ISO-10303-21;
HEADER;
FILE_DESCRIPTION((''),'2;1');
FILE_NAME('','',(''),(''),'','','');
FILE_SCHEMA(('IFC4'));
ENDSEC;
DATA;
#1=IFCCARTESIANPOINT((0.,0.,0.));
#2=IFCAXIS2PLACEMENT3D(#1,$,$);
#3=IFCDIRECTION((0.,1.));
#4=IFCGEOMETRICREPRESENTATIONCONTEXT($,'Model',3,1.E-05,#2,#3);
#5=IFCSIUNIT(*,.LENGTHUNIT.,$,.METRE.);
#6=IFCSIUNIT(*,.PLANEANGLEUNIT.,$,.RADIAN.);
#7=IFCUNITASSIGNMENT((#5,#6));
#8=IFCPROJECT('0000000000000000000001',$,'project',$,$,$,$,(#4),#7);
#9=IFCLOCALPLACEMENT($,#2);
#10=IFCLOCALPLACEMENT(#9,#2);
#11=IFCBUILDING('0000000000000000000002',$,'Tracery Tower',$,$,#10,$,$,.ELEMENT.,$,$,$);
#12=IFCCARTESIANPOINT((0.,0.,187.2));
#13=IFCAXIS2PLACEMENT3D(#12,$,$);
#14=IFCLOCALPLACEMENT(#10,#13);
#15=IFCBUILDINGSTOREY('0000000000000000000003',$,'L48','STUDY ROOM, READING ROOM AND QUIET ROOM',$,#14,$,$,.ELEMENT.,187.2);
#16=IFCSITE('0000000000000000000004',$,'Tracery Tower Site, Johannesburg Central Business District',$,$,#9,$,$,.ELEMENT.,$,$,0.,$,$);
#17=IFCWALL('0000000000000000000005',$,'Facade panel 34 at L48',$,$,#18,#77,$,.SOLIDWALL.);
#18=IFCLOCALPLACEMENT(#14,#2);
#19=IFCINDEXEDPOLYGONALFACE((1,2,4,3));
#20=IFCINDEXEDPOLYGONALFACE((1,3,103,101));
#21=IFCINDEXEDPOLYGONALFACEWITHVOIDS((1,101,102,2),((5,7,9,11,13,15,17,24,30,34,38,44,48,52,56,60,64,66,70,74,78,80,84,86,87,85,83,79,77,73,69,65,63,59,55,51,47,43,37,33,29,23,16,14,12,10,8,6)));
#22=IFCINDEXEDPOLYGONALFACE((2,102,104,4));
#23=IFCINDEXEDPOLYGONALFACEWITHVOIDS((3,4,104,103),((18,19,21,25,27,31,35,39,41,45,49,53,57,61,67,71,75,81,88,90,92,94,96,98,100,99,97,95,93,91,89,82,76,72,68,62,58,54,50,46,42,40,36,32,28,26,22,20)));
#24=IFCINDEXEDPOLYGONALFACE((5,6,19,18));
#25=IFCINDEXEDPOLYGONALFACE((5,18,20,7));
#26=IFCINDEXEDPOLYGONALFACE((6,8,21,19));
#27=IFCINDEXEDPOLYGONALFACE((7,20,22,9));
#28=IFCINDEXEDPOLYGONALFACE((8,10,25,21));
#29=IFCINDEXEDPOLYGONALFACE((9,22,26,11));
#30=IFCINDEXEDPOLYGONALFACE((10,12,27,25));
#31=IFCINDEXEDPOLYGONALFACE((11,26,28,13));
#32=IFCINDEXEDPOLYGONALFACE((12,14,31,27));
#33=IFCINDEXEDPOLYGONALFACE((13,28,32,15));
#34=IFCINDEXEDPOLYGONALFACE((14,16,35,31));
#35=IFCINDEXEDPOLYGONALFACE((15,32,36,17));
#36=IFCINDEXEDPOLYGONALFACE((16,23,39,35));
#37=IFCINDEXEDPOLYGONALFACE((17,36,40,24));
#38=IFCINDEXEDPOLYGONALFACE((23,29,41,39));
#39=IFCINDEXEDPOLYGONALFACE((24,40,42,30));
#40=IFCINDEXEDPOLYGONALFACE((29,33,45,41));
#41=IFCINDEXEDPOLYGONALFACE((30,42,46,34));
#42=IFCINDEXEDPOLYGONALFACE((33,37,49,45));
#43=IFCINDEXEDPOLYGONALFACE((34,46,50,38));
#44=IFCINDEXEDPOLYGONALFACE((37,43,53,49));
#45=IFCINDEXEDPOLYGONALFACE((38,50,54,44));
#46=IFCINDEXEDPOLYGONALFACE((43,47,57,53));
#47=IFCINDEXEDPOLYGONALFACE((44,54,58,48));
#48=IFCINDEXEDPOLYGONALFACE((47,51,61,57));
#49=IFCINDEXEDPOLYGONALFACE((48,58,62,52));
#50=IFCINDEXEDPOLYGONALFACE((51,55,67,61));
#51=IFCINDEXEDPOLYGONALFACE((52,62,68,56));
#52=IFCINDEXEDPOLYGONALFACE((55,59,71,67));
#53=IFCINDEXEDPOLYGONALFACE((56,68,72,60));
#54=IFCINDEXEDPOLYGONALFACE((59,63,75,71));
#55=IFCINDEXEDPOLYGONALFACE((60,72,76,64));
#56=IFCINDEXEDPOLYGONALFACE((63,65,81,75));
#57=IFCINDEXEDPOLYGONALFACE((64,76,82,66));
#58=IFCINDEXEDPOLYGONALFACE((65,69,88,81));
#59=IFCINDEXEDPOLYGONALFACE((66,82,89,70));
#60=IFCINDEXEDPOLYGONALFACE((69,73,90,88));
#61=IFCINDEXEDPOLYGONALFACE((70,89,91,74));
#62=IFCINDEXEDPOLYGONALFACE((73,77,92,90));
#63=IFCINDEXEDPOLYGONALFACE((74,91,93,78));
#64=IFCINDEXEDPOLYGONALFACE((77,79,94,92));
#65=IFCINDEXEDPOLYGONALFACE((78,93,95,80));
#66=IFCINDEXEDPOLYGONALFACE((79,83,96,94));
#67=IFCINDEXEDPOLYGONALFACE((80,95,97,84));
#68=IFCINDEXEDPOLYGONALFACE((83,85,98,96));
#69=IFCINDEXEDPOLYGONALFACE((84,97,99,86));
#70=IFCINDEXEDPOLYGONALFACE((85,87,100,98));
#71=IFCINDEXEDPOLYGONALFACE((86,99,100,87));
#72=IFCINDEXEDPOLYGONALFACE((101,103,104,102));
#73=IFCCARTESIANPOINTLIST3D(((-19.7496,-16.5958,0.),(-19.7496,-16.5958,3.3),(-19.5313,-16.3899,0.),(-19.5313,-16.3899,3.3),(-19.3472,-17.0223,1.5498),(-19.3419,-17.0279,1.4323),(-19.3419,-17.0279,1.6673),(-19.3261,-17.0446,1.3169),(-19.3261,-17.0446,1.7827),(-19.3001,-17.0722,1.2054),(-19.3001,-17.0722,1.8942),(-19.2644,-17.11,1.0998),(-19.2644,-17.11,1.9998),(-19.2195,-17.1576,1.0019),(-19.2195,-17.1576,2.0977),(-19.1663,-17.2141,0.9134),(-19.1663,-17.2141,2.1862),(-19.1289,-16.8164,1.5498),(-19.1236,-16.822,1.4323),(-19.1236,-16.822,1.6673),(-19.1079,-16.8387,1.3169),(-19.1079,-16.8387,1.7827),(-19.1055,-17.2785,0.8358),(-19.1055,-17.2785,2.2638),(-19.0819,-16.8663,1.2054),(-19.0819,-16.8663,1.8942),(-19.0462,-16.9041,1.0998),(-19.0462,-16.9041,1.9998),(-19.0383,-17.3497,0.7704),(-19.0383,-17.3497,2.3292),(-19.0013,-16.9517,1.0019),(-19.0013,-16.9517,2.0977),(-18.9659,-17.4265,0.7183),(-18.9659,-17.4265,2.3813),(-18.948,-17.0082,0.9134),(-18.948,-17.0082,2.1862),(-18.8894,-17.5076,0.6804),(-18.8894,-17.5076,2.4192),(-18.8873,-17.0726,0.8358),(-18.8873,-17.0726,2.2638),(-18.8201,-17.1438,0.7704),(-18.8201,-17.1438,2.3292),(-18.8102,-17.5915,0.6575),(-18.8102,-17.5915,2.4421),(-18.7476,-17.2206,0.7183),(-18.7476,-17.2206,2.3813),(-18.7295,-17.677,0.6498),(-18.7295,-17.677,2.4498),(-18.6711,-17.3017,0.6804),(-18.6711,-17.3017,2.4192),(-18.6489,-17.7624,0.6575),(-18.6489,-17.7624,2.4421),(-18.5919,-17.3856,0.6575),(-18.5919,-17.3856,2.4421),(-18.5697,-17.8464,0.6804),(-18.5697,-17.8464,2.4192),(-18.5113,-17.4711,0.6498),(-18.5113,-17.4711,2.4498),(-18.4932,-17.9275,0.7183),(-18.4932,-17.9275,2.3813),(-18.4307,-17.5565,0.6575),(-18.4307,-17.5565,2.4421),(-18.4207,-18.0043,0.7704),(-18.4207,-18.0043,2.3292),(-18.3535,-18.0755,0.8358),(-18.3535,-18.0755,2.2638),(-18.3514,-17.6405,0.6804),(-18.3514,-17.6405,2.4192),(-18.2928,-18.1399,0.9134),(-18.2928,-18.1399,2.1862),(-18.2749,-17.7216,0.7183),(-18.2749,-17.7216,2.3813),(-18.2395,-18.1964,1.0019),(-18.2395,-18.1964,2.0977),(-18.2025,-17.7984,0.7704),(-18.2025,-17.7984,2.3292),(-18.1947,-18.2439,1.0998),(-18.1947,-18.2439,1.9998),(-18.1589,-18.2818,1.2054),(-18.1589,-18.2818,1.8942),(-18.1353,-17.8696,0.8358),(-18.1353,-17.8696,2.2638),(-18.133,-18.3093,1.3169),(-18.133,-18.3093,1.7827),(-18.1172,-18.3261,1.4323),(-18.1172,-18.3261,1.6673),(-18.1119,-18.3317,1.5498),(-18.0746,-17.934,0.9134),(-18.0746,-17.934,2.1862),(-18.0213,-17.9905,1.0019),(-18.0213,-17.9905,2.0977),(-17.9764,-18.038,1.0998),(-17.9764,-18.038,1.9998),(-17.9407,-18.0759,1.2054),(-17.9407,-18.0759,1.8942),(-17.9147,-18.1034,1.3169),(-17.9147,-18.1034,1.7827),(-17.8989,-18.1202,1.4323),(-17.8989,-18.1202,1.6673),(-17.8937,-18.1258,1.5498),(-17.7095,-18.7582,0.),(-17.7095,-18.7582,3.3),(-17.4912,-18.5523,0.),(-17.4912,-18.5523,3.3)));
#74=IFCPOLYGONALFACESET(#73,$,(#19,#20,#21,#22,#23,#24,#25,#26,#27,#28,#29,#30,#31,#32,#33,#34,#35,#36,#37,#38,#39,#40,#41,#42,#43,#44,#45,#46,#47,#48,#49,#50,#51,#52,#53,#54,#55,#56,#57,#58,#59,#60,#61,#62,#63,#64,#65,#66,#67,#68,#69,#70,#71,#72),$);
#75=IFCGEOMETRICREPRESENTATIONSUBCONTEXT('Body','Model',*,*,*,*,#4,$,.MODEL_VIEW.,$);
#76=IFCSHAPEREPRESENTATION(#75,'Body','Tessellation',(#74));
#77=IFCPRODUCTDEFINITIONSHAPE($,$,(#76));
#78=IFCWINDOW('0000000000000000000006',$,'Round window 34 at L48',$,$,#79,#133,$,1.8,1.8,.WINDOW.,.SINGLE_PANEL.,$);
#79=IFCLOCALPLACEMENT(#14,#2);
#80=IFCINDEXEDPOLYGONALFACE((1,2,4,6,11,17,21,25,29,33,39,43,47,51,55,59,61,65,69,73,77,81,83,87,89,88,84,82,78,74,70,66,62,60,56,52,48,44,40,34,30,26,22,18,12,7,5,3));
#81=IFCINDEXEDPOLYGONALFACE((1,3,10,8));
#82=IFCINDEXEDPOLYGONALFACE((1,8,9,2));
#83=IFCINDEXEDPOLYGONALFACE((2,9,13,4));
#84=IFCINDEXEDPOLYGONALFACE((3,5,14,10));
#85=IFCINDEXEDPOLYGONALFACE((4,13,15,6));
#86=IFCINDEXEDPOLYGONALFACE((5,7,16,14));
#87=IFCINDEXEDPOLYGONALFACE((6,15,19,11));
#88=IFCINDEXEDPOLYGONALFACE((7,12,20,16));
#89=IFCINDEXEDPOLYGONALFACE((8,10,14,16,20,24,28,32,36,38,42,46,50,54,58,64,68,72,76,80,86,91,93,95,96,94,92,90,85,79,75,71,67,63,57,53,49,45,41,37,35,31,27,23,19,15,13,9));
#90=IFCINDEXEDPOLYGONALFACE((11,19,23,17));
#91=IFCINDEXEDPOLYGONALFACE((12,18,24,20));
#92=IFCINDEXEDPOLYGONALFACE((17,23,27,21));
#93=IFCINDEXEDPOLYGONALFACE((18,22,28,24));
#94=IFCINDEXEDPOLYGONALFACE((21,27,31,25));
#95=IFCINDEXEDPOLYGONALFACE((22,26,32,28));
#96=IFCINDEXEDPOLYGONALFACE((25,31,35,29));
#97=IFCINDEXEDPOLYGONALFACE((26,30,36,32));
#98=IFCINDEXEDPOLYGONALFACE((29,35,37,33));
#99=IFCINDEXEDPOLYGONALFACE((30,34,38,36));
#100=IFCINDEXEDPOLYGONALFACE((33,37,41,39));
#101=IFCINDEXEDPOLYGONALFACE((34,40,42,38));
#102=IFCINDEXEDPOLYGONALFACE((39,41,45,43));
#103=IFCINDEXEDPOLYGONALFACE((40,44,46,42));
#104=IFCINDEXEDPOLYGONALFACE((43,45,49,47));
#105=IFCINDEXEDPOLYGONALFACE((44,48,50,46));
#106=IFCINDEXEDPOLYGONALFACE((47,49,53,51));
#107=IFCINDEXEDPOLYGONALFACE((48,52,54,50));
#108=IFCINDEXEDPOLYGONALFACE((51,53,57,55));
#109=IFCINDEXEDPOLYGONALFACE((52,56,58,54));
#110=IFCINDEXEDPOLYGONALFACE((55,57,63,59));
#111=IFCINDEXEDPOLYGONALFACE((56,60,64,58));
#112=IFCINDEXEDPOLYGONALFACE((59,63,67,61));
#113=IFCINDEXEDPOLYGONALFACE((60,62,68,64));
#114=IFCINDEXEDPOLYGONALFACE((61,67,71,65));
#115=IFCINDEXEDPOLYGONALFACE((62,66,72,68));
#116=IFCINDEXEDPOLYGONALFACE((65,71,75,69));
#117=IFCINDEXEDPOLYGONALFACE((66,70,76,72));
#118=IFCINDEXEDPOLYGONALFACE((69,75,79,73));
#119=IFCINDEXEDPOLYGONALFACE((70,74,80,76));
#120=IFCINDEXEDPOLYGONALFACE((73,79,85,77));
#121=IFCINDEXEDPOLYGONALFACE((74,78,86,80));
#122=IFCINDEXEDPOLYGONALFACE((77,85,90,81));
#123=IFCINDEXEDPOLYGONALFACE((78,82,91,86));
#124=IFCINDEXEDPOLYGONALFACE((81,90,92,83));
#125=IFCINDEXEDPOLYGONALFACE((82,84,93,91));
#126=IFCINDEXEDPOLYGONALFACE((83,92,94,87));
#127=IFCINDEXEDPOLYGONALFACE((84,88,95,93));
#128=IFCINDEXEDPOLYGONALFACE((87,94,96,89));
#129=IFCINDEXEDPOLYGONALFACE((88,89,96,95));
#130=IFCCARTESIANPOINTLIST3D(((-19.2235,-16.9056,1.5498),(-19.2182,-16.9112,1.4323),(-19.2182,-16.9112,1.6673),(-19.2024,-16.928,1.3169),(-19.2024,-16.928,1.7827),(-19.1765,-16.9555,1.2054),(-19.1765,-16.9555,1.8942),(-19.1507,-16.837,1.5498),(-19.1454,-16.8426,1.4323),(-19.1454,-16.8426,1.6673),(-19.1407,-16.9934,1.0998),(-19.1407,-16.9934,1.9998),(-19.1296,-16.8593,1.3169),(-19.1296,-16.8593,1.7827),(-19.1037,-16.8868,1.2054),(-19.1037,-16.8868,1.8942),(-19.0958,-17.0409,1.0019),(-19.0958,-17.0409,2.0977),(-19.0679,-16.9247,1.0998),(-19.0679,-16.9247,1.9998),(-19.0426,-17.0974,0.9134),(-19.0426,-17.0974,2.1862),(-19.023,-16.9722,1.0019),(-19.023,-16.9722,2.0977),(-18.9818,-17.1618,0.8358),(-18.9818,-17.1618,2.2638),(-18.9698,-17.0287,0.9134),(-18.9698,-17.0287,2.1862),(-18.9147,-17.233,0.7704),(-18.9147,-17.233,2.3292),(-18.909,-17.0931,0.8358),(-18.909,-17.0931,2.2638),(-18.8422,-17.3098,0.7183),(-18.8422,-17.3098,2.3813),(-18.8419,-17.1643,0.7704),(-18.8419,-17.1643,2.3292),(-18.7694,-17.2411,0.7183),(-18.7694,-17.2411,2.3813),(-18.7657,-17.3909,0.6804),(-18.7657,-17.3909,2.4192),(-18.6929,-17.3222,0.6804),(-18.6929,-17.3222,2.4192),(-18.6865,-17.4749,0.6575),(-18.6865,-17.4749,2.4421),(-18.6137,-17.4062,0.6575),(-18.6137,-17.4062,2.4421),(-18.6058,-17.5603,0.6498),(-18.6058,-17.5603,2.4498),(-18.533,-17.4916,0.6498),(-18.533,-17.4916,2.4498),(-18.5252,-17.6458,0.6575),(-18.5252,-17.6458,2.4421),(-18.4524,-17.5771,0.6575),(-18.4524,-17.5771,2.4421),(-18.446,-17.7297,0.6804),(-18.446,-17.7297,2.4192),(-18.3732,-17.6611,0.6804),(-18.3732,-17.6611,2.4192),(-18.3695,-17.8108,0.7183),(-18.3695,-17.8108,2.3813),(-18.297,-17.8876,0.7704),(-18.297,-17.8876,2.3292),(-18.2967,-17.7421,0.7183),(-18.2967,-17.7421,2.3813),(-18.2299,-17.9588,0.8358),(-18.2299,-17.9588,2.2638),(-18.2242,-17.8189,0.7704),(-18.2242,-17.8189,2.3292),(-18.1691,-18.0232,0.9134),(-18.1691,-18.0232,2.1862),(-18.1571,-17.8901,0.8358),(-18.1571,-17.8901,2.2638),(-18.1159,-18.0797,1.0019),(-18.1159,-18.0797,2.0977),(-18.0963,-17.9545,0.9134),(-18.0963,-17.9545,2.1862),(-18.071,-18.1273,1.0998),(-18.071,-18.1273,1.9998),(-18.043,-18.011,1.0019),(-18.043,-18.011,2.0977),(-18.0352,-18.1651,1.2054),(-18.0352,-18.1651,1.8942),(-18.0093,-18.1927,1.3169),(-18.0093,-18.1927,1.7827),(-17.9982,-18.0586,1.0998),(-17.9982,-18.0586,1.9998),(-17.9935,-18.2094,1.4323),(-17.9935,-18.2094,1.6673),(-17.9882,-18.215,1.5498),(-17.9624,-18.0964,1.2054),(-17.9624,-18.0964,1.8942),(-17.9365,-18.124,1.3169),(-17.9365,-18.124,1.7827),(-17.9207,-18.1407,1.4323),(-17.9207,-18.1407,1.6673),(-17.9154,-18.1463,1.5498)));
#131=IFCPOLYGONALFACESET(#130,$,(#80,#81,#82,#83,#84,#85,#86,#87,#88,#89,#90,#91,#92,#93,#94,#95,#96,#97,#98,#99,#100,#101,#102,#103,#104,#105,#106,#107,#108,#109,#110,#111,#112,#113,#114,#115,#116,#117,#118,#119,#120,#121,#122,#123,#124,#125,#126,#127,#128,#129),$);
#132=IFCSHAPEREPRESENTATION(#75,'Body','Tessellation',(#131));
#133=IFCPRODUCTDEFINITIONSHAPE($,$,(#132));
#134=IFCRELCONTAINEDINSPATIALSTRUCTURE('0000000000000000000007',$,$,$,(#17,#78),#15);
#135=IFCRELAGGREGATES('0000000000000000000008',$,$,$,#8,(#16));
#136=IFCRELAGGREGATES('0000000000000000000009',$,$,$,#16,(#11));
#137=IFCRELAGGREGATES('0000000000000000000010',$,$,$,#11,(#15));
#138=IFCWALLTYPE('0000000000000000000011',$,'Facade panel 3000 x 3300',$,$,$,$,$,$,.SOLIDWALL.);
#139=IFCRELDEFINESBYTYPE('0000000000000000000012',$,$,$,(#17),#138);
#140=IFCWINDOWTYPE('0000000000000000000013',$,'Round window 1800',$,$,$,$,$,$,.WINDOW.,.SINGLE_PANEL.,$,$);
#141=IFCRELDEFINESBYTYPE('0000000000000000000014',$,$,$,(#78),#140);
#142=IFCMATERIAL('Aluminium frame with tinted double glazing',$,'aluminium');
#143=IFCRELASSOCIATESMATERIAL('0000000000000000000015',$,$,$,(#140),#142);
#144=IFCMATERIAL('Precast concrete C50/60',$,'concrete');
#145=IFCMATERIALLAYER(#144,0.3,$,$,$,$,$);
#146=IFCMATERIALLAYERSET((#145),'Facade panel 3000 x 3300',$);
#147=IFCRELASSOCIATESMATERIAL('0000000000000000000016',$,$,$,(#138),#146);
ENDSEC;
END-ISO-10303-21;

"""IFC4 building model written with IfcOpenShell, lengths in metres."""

from ifc_helpers import new_model, si_unit, direction, frame, frame_2d, origin, origin_2d, place, context, subcontext, project, spatial, rectangle, circle, extrude, material, layer, layer_set, type_object, element, fill, save


model = new_model("IFC4")

# Units and contexts
model_context = context("Model", 3, precision=1e-05, world=origin(), true_north=direction((0.0, 1.0)))
body_context = subcontext(model_context, "Body", "Model", "MODEL_VIEW")
ifc_project = project(units=[si_unit("LENGTHUNIT", "METRE"), si_unit("PLANEANGLEUNIT", "RADIAN")], contexts=[model_context])

# Site, building, storey
site_placement = place(None, origin())
site = spatial("IfcSite", under=ifc_project, at=site_placement, Name="Tracery Tower Site, Johannesburg Central Business District", CompositionType="ELEMENT", RefElevation=0.0)
building_placement = place(site_placement, origin())
building = spatial("IfcBuilding", under=site, at=building_placement, Name="Tracery Tower", CompositionType="ELEMENT")
storey_placement = place(building_placement, frame((0.0, 0.0, 187.2)))
storey = spatial("IfcBuildingStorey", under=building, at=storey_placement, Name="L48", Description="STUDY ROOM, READING ROOM AND QUIET ROOM", CompositionType="ELEMENT", Elevation=187.2)

# Wall, opening, window
ifc_material_1 = material(Name="Aluminium frame with tinted double glazing", Category="aluminium")
window_type = type_object("IfcWindowType", Name="Round window 1800", PartitioningType="SINGLE_PANEL", PredefinedType="WINDOW", material=ifc_material_1)
ifc_material_2 = material(Name="Precast concrete C50/60", Category="concrete")
ifc_layer_1 = layer(ifc_material_2, 0.3)
ifc_layer_set_1 = layer_set([ifc_layer_1], Name="Facade panel 3000 x 3300")
wall_type_1 = type_object("IfcWallType", Name="Facade panel 3000 x 3300", PredefinedType="SOLIDWALL", material=ifc_layer_set_1)
wall_1_placement = place(storey_placement, frame((-19.6404, -16.4929, 0.0), z_axis=(0.0, 0.0, 1.0), x_axis=(0.686235, -0.72738, 0.0)))
wall_1 = element("IfcWall", 1, at=wall_1_placement, inside=storey, type_object=wall_type_1, Name="Facade panel 34 at L48", PredefinedType="SOLIDWALL", context=body_context, shape_type="SweptSolid", body=[
    extrude(rectangle(XDim=2.9729, YDim=0.3, at=frame_2d((1.4863, 0.0))), origin(), (0.0, 0.0, 1.0), 3.3),
])
opening_1_placement = place(wall_1_placement, frame((1.4863, 0.0, 1.5498)))
opening_1 = element("IfcOpeningElement", 2, at=opening_1_placement, cuts=wall_1, PredefinedType="OPENING", context=body_context, shape_type="SweptSolid", body=[
    extrude(circle(Radius=0.9, at=origin_2d()), frame((0.0, 0.1599, 0.0), z_axis=(0.0, -1.0, 0.0), x_axis=(1.0, 0.0, 0.0)), (0.0, 0.0, 1.0), 0.3201),
])
window_1_placement = place(opening_1_placement, origin())
window_1 = element("IfcWindow", 3, at=window_1_placement, inside=storey, type_object=window_type, Name="Round window 34 at L48", OverallHeight=1.8, OverallWidth=1.8, PartitioningType="SINGLE_PANEL", PredefinedType="WINDOW", context=body_context, shape_type="SweptSolid", body=[
    extrude(circle(Radius=0.9, at=origin_2d()), frame((0.0, 0.1201, 0.0), z_axis=(0.0, -1.0, 0.0), x_axis=(1.0, 0.0, 0.0)), (0.0, 0.0, 1.0), 0.1001),
])
fill(opening_1, window_1)

save(model, "model.ifc")
